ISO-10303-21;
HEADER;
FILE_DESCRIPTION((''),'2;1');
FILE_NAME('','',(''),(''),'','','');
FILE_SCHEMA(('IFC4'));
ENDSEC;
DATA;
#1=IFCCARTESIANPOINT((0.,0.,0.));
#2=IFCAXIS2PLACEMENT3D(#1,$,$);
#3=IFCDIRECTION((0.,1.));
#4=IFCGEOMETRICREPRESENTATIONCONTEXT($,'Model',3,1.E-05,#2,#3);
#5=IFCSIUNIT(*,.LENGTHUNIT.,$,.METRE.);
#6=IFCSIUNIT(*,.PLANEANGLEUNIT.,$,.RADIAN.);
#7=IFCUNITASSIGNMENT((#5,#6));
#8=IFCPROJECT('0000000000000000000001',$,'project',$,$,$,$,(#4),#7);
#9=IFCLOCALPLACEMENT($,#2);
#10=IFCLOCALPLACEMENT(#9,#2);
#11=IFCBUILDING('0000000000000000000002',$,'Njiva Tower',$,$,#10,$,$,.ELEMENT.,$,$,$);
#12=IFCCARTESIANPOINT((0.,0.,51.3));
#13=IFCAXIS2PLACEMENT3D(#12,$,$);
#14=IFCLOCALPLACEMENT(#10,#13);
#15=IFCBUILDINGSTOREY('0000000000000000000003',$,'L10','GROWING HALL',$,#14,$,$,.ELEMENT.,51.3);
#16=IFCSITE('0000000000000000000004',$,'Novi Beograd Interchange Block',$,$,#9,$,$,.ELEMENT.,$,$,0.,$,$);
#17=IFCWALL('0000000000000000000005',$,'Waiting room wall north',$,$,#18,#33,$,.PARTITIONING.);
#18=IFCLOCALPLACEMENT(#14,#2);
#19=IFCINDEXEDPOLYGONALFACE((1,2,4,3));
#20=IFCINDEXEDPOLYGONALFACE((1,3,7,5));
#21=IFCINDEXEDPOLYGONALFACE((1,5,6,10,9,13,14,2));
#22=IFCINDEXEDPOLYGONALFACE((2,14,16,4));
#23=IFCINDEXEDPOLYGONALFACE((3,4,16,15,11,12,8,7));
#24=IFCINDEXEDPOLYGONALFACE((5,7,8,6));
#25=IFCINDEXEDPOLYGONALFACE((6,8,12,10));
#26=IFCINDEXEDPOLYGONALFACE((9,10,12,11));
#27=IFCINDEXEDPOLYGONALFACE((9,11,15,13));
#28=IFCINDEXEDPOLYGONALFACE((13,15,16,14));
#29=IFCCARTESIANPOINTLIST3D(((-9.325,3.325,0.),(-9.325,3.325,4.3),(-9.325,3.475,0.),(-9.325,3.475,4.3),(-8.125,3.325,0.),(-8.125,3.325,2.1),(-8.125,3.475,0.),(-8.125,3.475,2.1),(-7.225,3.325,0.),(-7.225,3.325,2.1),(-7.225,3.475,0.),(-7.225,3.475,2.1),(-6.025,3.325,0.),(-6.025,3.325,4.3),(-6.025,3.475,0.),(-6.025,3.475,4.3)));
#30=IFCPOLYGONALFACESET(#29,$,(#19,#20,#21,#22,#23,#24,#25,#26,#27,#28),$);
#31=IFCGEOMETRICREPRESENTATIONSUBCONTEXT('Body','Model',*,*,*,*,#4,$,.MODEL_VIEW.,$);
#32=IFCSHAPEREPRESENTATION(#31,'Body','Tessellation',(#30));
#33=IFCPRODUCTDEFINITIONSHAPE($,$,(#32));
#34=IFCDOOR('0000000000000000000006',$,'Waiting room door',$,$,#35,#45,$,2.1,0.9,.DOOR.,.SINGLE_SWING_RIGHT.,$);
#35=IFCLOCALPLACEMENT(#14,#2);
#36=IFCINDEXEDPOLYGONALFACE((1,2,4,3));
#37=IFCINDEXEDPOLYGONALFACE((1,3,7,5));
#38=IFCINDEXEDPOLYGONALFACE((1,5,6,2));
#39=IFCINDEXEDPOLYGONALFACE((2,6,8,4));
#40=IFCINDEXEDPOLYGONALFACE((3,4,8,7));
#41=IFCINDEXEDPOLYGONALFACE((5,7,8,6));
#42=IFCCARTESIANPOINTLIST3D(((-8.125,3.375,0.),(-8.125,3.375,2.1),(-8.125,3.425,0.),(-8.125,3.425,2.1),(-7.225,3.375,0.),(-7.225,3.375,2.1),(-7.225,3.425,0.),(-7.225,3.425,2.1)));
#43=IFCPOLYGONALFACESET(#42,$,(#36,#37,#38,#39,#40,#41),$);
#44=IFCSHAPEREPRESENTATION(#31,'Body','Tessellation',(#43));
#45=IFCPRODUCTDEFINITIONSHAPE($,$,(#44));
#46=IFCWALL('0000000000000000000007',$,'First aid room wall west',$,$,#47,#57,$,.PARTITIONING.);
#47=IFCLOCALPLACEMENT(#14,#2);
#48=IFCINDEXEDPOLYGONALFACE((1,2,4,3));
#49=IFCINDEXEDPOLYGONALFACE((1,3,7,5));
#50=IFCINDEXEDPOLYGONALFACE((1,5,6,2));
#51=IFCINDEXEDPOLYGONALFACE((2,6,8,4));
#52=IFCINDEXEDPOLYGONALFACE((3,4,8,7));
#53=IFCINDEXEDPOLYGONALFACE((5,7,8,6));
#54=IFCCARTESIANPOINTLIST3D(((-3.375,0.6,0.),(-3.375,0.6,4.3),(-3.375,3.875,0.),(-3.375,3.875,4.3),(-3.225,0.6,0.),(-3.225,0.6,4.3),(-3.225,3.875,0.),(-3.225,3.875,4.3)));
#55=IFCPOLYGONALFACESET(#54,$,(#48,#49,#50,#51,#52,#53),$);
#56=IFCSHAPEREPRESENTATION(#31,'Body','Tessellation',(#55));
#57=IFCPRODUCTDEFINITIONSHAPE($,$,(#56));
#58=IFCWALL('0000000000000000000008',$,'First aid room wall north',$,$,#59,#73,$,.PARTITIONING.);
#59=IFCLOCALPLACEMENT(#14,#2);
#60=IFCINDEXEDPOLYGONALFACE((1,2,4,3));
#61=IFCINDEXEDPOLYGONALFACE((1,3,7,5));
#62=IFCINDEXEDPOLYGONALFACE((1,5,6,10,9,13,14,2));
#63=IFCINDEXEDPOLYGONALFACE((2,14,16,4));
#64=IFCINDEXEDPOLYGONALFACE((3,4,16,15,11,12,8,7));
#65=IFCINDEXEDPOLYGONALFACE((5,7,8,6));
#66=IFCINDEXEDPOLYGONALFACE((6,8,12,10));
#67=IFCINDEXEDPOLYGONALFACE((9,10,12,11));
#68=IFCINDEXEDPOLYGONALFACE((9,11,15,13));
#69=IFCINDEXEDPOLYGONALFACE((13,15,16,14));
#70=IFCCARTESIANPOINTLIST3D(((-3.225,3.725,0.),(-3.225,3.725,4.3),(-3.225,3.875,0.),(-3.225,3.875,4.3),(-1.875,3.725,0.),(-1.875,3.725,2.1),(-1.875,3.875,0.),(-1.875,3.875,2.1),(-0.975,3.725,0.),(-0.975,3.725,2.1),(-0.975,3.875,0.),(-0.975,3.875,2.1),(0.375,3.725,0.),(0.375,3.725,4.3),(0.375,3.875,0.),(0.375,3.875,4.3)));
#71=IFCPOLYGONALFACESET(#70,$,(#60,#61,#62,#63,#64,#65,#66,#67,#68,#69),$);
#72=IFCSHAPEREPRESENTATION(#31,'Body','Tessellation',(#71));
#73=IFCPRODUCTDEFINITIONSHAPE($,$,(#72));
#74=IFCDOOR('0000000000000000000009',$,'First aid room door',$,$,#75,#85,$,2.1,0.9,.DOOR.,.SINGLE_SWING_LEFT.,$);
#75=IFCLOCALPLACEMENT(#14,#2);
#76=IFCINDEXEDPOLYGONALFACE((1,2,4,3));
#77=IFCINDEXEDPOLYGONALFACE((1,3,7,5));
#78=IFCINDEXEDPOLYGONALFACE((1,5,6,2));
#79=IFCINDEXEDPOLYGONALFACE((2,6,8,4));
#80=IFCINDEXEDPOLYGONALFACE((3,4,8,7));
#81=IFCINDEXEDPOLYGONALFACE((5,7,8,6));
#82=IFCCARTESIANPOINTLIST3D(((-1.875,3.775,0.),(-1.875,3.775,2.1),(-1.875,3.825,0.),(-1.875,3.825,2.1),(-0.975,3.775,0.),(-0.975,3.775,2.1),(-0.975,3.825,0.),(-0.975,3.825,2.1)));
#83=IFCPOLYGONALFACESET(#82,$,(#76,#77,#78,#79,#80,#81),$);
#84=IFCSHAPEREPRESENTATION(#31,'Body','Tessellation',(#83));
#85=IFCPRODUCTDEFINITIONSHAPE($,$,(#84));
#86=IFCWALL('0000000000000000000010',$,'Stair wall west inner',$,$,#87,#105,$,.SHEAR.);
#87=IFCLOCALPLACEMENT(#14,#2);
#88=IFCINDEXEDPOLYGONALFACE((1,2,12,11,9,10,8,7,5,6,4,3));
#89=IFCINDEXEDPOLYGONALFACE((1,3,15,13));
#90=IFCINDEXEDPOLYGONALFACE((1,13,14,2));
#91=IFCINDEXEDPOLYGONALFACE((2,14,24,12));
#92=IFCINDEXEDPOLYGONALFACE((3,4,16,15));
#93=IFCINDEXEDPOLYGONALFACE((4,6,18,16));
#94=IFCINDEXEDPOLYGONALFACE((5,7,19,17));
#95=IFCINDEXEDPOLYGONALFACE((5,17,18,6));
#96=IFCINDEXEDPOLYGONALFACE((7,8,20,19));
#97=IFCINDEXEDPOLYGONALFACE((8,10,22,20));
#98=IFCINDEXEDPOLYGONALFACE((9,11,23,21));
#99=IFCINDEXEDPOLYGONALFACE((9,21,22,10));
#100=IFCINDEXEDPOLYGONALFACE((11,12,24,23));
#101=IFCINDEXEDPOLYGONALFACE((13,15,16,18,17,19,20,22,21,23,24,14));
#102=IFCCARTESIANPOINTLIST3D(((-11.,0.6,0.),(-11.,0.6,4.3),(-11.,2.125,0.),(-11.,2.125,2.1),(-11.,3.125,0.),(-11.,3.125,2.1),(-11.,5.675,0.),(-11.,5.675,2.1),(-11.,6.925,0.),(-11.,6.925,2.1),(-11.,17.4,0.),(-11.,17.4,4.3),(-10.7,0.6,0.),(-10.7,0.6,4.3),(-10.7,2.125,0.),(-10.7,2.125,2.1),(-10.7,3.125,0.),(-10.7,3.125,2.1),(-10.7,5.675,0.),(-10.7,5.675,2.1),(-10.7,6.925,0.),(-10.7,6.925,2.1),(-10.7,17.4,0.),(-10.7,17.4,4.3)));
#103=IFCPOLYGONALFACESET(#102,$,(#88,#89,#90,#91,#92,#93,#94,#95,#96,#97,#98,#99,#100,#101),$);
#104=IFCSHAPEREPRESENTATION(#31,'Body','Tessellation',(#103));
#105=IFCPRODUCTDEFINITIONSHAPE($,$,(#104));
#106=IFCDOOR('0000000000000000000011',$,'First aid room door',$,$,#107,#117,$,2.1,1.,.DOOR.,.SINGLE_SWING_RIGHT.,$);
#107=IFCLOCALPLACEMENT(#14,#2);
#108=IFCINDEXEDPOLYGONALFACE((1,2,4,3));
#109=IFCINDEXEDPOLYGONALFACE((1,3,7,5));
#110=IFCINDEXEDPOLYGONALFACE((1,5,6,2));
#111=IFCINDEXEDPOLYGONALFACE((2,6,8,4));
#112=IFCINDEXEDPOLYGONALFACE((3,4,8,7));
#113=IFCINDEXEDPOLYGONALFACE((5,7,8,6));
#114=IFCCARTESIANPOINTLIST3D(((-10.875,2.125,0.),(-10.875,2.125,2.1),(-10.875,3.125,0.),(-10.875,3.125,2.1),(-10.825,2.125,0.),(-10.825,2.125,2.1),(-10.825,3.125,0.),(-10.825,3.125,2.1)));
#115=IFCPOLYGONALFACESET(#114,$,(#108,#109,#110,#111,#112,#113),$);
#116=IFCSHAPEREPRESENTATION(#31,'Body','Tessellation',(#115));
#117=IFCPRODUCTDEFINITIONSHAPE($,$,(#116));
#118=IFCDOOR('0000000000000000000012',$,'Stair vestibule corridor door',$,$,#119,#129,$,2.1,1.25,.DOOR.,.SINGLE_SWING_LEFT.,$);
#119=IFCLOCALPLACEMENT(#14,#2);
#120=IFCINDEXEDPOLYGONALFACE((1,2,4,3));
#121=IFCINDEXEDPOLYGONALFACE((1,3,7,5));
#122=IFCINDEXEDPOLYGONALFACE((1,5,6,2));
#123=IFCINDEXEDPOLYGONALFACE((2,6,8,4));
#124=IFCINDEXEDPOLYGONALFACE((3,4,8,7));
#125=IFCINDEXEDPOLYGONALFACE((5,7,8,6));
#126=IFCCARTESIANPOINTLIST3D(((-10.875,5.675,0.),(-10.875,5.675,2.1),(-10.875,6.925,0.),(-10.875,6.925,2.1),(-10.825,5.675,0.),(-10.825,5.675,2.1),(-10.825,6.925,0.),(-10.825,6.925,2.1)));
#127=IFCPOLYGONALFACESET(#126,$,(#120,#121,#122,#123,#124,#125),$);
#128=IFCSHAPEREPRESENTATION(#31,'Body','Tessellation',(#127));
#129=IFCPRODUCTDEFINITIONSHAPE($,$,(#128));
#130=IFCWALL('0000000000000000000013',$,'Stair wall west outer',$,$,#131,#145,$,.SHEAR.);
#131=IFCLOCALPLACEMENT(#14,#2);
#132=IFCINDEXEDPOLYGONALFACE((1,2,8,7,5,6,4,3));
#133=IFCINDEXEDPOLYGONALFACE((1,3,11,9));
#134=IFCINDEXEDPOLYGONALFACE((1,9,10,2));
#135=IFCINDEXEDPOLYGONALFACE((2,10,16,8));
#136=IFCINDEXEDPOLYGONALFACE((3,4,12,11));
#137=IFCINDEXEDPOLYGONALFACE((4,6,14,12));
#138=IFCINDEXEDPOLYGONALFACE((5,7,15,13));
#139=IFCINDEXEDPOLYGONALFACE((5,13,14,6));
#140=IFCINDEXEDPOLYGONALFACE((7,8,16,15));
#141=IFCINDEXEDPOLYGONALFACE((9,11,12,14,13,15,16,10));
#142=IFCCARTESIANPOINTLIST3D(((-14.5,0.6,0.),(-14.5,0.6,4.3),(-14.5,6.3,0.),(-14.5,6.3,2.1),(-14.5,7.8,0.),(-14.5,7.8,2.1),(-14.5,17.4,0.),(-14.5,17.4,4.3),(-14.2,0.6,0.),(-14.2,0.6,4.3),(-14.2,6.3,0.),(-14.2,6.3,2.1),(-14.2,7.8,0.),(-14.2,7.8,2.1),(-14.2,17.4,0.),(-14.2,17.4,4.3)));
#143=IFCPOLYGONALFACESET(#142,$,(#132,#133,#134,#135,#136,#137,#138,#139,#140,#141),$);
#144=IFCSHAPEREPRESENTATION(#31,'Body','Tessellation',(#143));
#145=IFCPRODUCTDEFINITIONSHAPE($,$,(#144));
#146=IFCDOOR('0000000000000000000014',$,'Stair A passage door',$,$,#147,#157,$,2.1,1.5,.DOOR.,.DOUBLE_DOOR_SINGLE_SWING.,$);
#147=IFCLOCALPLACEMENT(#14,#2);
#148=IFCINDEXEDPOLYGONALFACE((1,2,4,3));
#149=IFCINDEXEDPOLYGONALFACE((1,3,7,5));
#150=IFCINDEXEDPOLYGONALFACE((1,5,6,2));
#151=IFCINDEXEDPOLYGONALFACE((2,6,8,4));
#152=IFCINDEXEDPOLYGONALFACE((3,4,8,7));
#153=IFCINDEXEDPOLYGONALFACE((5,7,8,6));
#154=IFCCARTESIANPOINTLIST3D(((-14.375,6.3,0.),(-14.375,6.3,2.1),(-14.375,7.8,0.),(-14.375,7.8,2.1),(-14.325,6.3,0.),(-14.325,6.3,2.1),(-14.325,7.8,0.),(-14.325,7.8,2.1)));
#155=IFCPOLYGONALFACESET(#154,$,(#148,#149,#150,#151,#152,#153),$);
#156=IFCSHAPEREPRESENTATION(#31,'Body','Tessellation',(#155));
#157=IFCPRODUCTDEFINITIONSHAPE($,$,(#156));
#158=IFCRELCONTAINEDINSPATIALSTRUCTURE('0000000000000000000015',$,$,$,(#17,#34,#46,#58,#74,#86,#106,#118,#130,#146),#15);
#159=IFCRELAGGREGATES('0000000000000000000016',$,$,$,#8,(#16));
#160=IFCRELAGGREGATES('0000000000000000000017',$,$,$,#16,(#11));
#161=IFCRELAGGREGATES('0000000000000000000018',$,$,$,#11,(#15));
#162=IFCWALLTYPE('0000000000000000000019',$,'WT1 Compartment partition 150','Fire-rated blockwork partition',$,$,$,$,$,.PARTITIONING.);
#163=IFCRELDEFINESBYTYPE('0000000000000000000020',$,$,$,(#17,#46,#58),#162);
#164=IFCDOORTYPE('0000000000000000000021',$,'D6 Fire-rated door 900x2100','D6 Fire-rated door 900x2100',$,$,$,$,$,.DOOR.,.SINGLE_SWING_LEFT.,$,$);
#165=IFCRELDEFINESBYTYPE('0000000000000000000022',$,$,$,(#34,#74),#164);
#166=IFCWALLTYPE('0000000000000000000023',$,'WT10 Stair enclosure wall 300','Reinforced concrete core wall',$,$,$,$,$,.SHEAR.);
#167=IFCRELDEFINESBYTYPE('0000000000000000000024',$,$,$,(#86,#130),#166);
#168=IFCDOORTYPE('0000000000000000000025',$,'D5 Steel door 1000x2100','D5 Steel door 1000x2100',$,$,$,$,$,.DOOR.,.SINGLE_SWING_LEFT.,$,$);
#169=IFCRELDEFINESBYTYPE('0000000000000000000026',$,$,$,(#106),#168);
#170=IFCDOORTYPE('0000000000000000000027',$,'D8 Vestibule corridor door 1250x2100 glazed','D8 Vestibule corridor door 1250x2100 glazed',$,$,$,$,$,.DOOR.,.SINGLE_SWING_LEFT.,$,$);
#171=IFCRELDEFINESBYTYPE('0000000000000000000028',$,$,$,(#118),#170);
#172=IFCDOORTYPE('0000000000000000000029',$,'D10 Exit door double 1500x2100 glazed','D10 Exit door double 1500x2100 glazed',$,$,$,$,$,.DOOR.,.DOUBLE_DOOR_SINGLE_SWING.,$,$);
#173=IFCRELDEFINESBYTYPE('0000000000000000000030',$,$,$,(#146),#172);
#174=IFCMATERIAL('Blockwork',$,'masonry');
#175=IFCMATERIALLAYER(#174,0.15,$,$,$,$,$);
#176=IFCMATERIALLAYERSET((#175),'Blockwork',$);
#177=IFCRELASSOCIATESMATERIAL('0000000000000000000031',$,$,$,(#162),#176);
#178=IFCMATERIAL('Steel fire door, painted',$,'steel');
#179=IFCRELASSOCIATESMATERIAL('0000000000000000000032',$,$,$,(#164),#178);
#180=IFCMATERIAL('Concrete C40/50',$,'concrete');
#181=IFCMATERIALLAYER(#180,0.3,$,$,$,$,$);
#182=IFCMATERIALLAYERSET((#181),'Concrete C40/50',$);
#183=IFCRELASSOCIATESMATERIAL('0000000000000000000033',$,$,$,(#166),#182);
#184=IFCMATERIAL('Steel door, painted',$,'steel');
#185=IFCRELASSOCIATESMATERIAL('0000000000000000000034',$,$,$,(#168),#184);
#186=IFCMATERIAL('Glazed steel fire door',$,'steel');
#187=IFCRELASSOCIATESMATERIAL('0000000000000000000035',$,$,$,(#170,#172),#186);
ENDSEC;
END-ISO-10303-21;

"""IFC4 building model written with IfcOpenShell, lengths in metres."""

from ifc_helpers import new_model, si_unit, direction, frame, frame_2d, origin, place, context, subcontext, project, spatial, rectangle, extrude, material, layer, layer_set, type_object, element, fill, save


model = new_model("IFC4")

# Units and contexts
model_context = context("Model", 3, precision=1e-05, world=origin(), true_north=direction((0.0, 1.0)))
body_context = subcontext(model_context, "Body", "Model", "MODEL_VIEW")
ifc_project = project(units=[si_unit("LENGTHUNIT", "METRE"), si_unit("PLANEANGLEUNIT", "RADIAN")], contexts=[model_context])

# Site, building, storey
site_placement = place(None, origin())
site = spatial("IfcSite", under=ifc_project, at=site_placement, Name="Novi Beograd Interchange Block", CompositionType="ELEMENT", RefElevation=0.0)
building_placement = place(site_placement, origin())
building = spatial("IfcBuilding", under=site, at=building_placement, Name="Njiva Tower", CompositionType="ELEMENT")
storey_placement = place(building_placement, frame((0.0, 0.0, 51.3)))
storey = spatial("IfcBuildingStorey", under=building, at=storey_placement, Name="L10", Description="GROWING HALL", CompositionType="ELEMENT", Elevation=51.3)

# Shared definitions
ifc_material_1 = material(Name="Blockwork", Category="masonry")
ifc_layer_1 = layer(ifc_material_1, 0.15)
ifc_layer_set_1 = layer_set([ifc_layer_1], Name="Blockwork")
wall_type_1 = type_object("IfcWallType", Name="WT1 Compartment partition 150", Description="Fire-rated blockwork partition", PredefinedType="PARTITIONING", material=ifc_layer_set_1)

# Wall, opening, door
wall_1_placement = place(storey_placement, frame((-9.325, 3.4, 0.0), z_axis=(0.0, 0.0, 1.0), x_axis=(1.0, 0.0, 0.0)))
wall_1 = element("IfcWall", 1, at=wall_1_placement, inside=storey, type_object=wall_type_1, Name="Waiting room wall north", PredefinedType="PARTITIONING", context=body_context, shape_type="SweptSolid", body=[
    extrude(rectangle(XDim=3.3, YDim=0.15, at=frame_2d((1.65, 0.0))), origin(), (0.0, 0.0, 1.0), 4.3),
])
opening_1_placement = place(wall_1_placement, frame((1.2, 0.0, 0.0)))
opening_1 = element("IfcOpeningElement", 2, at=opening_1_placement, cuts=wall_1, PredefinedType="OPENING", context=body_context, shape_type="SweptSolid", body=[
    extrude(rectangle(XDim=0.9, YDim=2.1, at=frame_2d((0.45, 1.05))), frame((0.0, 0.085, 0.0), z_axis=(0.0, -1.0, 0.0), x_axis=(1.0, 0.0, 0.0)), (0.0, 0.0, 1.0), 0.17),
])
ifc_material_2 = material(Name="Steel fire door, painted", Category="steel")
door_type_1 = type_object("IfcDoorType", Name="D6 Fire-rated door 900x2100", Description="D6 Fire-rated door 900x2100", OperationType="SINGLE_SWING_LEFT", PredefinedType="DOOR", material=ifc_material_2)
door_1_placement = place(opening_1_placement, origin())
door_1 = element("IfcDoor", 3, at=door_1_placement, inside=storey, type_object=door_type_1, Name="Waiting room door", OperationType="SINGLE_SWING_RIGHT", OverallHeight=2.1, OverallWidth=0.9, PredefinedType="DOOR", context=body_context, shape_type="SweptSolid", body=[
    extrude(rectangle(XDim=0.9, YDim=2.1, at=frame_2d((0.45, 1.05))), frame((0.0, 0.025, 0.0), z_axis=(0.0, -1.0, 0.0), x_axis=(1.0, 0.0, 0.0)), (0.0, 0.0, 1.0), 0.05),
])
fill(opening_1, door_1)

# Wall
wall_2_placement = place(storey_placement, frame((-3.3, 0.6, 0.0), z_axis=(0.0, 0.0, 1.0), x_axis=(0.0, 1.0, 0.0)))
element("IfcWall", 4, at=wall_2_placement, inside=storey, type_object=wall_type_1, Name="First aid room wall west", PredefinedType="PARTITIONING", context=body_context, shape_type="SweptSolid", body=[
    extrude(rectangle(XDim=3.275, YDim=0.15, at=frame_2d((1.6375, 0.0))), origin(), (0.0, 0.0, 1.0), 4.3),
])

# Wall, opening, door
wall_3_placement = place(storey_placement, frame((-3.225, 3.8, 0.0), z_axis=(0.0, 0.0, 1.0), x_axis=(1.0, 0.0, 0.0)))
wall_3 = element("IfcWall", 5, at=wall_3_placement, inside=storey, type_object=wall_type_1, Name="First aid room wall north", PredefinedType="PARTITIONING", context=body_context, shape_type="SweptSolid", body=[
    extrude(rectangle(XDim=3.6, YDim=0.15, at=frame_2d((1.8, 0.0))), origin(), (0.0, 0.0, 1.0), 4.3),
])
opening_2_placement = place(wall_3_placement, frame((1.35, 0.0, 0.0)))
opening_2 = element("IfcOpeningElement", 6, at=opening_2_placement, cuts=wall_3, PredefinedType="OPENING", context=body_context, shape_type="SweptSolid", body=[
    extrude(rectangle(XDim=0.9, YDim=2.1, at=frame_2d((0.45, 1.05))), frame((0.0, 0.085, 0.0), z_axis=(0.0, -1.0, 0.0), x_axis=(1.0, 0.0, 0.0)), (0.0, 0.0, 1.0), 0.17),
])
door_2_placement = place(opening_2_placement, origin())
door_2 = element("IfcDoor", 7, at=door_2_placement, inside=storey, type_object=door_type_1, Name="First aid room door", OperationType="SINGLE_SWING_LEFT", OverallHeight=2.1, OverallWidth=0.9, PredefinedType="DOOR", context=body_context, shape_type="SweptSolid", body=[
    extrude(rectangle(XDim=0.9, YDim=2.1, at=frame_2d((0.45, 1.05))), frame((0.0, 0.025, 0.0), z_axis=(0.0, -1.0, 0.0), x_axis=(1.0, 0.0, 0.0)), (0.0, 0.0, 1.0), 0.05),
])
fill(opening_2, door_2)

# Wall, openings, doors
ifc_material_3 = material(Name="Concrete C40/50", Category="concrete")
ifc_layer_2 = layer(ifc_material_3, 0.3)
ifc_layer_set_2 = layer_set([ifc_layer_2], Name="Concrete C40/50")
wall_type_2 = type_object("IfcWallType", Name="WT10 Stair enclosure wall 300", Description="Reinforced concrete core wall", PredefinedType="SHEAR", material=ifc_layer_set_2)
wall_4_placement = place(storey_placement, frame((-10.85, 0.6, 0.0), z_axis=(0.0, 0.0, 1.0), x_axis=(0.0, 1.0, 0.0)))
wall_4 = element("IfcWall", 8, at=wall_4_placement, inside=storey, type_object=wall_type_2, Name="Stair wall west inner", PredefinedType="SHEAR", context=body_context, shape_type="SweptSolid", body=[
    extrude(rectangle(XDim=16.8, YDim=0.3, at=frame_2d((8.4, 0.0))), origin(), (0.0, 0.0, 1.0), 4.3),
])
opening_3_placement = place(wall_4_placement, frame((5.075, 0.0, 0.0)))
opening_3 = element("IfcOpeningElement", 9, at=opening_3_placement, cuts=wall_4, PredefinedType="OPENING", context=body_context, shape_type="SweptSolid", body=[
    extrude(rectangle(XDim=1.25, YDim=2.1, at=frame_2d((0.625, 1.05))), frame((0.0, 0.16, 0.0), z_axis=(0.0, -1.0, 0.0), x_axis=(1.0, 0.0, 0.0)), (0.0, 0.0, 1.0), 0.32),
])
opening_4_placement = place(wall_4_placement, frame((1.525, 0.0, 0.0)))
opening_4 = element("IfcOpeningElement", 10, at=opening_4_placement, cuts=wall_4, PredefinedType="OPENING", context=body_context, shape_type="SweptSolid", body=[
    extrude(rectangle(XDim=1.0, YDim=2.1, at=frame_2d((0.5, 1.05))), frame((0.0, 0.16, 0.0), z_axis=(0.0, -1.0, 0.0), x_axis=(1.0, 0.0, 0.0)), (0.0, 0.0, 1.0), 0.32),
])
ifc_material_4 = material(Name="Steel door, painted", Category="steel")
door_type_2 = type_object("IfcDoorType", Name="D5 Steel door 1000x2100", Description="D5 Steel door 1000x2100", OperationType="SINGLE_SWING_LEFT", PredefinedType="DOOR", material=ifc_material_4)
door_3_placement = place(opening_4_placement, origin())
door_3 = element("IfcDoor", 11, at=door_3_placement, inside=storey, type_object=door_type_2, Name="First aid room door", OperationType="SINGLE_SWING_RIGHT", OverallHeight=2.1, OverallWidth=1.0, PredefinedType="DOOR", context=body_context, shape_type="SweptSolid", body=[
    extrude(rectangle(XDim=1.0, YDim=2.1, at=frame_2d((0.5, 1.05))), frame((0.0, 0.025, 0.0), z_axis=(0.0, -1.0, 0.0), x_axis=(1.0, 0.0, 0.0)), (0.0, 0.0, 1.0), 0.05),
])
fill(opening_4, door_3)
ifc_material_5 = material(Name="Glazed steel fire door", Category="steel")
door_type_3 = type_object("IfcDoorType", Name="D8 Vestibule corridor door 1250x2100 glazed", Description="D8 Vestibule corridor door 1250x2100 glazed", OperationType="SINGLE_SWING_LEFT", PredefinedType="DOOR", material=ifc_material_5)
door_4_placement = place(opening_3_placement, origin())
door_4 = element("IfcDoor", 12, at=door_4_placement, inside=storey, type_object=door_type_3, Name="Stair vestibule corridor door", OperationType="SINGLE_SWING_LEFT", OverallHeight=2.1, OverallWidth=1.25, PredefinedType="DOOR", context=body_context, shape_type="SweptSolid", body=[
    extrude(rectangle(XDim=1.25, YDim=2.1, at=frame_2d((0.625, 1.05))), frame((0.0, 0.025, 0.0), z_axis=(0.0, -1.0, 0.0), x_axis=(1.0, 0.0, 0.0)), (0.0, 0.0, 1.0), 0.05),
])
fill(opening_3, door_4)

# Wall, opening, door
wall_5_placement = place(storey_placement, frame((-14.35, 0.6, 0.0), z_axis=(0.0, 0.0, 1.0), x_axis=(0.0, 1.0, 0.0)))
wall_5 = element("IfcWall", 13, at=wall_5_placement, inside=storey, type_object=wall_type_2, Name="Stair wall west outer", PredefinedType="SHEAR", context=body_context, shape_type="SweptSolid", body=[
    extrude(rectangle(XDim=16.8, YDim=0.3, at=frame_2d((8.4, 0.0))), origin(), (0.0, 0.0, 1.0), 4.3),
])
opening_5_placement = place(wall_5_placement, frame((5.7, 0.0, 0.0)))
opening_5 = element("IfcOpeningElement", 14, at=opening_5_placement, cuts=wall_5, PredefinedType="OPENING", context=body_context, shape_type="SweptSolid", body=[
    extrude(rectangle(XDim=1.5, YDim=2.1, at=frame_2d((0.75, 1.05))), frame((0.0, 0.16, 0.0), z_axis=(0.0, -1.0, 0.0), x_axis=(1.0, 0.0, 0.0)), (0.0, 0.0, 1.0), 0.32),
])
door_type_4 = type_object("IfcDoorType", Name="D10 Exit door double 1500x2100 glazed", Description="D10 Exit door double 1500x2100 glazed", OperationType="DOUBLE_DOOR_SINGLE_SWING", PredefinedType="DOOR", material=ifc_material_5)
door_5_placement = place(opening_5_placement, origin())
door_5 = element("IfcDoor", 15, at=door_5_placement, inside=storey, type_object=door_type_4, Name="Stair A passage door", OperationType="DOUBLE_DOOR_SINGLE_SWING", OverallHeight=2.1, OverallWidth=1.5, PredefinedType="DOOR", context=body_context, shape_type="SweptSolid", body=[
    extrude(rectangle(XDim=1.5, YDim=2.1, at=frame_2d((0.75, 1.05))), frame((0.0, 0.025, 0.0), z_axis=(0.0, -1.0, 0.0), x_axis=(1.0, 0.0, 0.0)), (0.0, 0.0, 1.0), 0.05),
])
fill(opening_5, door_5)

save(model, "model.ifc")
